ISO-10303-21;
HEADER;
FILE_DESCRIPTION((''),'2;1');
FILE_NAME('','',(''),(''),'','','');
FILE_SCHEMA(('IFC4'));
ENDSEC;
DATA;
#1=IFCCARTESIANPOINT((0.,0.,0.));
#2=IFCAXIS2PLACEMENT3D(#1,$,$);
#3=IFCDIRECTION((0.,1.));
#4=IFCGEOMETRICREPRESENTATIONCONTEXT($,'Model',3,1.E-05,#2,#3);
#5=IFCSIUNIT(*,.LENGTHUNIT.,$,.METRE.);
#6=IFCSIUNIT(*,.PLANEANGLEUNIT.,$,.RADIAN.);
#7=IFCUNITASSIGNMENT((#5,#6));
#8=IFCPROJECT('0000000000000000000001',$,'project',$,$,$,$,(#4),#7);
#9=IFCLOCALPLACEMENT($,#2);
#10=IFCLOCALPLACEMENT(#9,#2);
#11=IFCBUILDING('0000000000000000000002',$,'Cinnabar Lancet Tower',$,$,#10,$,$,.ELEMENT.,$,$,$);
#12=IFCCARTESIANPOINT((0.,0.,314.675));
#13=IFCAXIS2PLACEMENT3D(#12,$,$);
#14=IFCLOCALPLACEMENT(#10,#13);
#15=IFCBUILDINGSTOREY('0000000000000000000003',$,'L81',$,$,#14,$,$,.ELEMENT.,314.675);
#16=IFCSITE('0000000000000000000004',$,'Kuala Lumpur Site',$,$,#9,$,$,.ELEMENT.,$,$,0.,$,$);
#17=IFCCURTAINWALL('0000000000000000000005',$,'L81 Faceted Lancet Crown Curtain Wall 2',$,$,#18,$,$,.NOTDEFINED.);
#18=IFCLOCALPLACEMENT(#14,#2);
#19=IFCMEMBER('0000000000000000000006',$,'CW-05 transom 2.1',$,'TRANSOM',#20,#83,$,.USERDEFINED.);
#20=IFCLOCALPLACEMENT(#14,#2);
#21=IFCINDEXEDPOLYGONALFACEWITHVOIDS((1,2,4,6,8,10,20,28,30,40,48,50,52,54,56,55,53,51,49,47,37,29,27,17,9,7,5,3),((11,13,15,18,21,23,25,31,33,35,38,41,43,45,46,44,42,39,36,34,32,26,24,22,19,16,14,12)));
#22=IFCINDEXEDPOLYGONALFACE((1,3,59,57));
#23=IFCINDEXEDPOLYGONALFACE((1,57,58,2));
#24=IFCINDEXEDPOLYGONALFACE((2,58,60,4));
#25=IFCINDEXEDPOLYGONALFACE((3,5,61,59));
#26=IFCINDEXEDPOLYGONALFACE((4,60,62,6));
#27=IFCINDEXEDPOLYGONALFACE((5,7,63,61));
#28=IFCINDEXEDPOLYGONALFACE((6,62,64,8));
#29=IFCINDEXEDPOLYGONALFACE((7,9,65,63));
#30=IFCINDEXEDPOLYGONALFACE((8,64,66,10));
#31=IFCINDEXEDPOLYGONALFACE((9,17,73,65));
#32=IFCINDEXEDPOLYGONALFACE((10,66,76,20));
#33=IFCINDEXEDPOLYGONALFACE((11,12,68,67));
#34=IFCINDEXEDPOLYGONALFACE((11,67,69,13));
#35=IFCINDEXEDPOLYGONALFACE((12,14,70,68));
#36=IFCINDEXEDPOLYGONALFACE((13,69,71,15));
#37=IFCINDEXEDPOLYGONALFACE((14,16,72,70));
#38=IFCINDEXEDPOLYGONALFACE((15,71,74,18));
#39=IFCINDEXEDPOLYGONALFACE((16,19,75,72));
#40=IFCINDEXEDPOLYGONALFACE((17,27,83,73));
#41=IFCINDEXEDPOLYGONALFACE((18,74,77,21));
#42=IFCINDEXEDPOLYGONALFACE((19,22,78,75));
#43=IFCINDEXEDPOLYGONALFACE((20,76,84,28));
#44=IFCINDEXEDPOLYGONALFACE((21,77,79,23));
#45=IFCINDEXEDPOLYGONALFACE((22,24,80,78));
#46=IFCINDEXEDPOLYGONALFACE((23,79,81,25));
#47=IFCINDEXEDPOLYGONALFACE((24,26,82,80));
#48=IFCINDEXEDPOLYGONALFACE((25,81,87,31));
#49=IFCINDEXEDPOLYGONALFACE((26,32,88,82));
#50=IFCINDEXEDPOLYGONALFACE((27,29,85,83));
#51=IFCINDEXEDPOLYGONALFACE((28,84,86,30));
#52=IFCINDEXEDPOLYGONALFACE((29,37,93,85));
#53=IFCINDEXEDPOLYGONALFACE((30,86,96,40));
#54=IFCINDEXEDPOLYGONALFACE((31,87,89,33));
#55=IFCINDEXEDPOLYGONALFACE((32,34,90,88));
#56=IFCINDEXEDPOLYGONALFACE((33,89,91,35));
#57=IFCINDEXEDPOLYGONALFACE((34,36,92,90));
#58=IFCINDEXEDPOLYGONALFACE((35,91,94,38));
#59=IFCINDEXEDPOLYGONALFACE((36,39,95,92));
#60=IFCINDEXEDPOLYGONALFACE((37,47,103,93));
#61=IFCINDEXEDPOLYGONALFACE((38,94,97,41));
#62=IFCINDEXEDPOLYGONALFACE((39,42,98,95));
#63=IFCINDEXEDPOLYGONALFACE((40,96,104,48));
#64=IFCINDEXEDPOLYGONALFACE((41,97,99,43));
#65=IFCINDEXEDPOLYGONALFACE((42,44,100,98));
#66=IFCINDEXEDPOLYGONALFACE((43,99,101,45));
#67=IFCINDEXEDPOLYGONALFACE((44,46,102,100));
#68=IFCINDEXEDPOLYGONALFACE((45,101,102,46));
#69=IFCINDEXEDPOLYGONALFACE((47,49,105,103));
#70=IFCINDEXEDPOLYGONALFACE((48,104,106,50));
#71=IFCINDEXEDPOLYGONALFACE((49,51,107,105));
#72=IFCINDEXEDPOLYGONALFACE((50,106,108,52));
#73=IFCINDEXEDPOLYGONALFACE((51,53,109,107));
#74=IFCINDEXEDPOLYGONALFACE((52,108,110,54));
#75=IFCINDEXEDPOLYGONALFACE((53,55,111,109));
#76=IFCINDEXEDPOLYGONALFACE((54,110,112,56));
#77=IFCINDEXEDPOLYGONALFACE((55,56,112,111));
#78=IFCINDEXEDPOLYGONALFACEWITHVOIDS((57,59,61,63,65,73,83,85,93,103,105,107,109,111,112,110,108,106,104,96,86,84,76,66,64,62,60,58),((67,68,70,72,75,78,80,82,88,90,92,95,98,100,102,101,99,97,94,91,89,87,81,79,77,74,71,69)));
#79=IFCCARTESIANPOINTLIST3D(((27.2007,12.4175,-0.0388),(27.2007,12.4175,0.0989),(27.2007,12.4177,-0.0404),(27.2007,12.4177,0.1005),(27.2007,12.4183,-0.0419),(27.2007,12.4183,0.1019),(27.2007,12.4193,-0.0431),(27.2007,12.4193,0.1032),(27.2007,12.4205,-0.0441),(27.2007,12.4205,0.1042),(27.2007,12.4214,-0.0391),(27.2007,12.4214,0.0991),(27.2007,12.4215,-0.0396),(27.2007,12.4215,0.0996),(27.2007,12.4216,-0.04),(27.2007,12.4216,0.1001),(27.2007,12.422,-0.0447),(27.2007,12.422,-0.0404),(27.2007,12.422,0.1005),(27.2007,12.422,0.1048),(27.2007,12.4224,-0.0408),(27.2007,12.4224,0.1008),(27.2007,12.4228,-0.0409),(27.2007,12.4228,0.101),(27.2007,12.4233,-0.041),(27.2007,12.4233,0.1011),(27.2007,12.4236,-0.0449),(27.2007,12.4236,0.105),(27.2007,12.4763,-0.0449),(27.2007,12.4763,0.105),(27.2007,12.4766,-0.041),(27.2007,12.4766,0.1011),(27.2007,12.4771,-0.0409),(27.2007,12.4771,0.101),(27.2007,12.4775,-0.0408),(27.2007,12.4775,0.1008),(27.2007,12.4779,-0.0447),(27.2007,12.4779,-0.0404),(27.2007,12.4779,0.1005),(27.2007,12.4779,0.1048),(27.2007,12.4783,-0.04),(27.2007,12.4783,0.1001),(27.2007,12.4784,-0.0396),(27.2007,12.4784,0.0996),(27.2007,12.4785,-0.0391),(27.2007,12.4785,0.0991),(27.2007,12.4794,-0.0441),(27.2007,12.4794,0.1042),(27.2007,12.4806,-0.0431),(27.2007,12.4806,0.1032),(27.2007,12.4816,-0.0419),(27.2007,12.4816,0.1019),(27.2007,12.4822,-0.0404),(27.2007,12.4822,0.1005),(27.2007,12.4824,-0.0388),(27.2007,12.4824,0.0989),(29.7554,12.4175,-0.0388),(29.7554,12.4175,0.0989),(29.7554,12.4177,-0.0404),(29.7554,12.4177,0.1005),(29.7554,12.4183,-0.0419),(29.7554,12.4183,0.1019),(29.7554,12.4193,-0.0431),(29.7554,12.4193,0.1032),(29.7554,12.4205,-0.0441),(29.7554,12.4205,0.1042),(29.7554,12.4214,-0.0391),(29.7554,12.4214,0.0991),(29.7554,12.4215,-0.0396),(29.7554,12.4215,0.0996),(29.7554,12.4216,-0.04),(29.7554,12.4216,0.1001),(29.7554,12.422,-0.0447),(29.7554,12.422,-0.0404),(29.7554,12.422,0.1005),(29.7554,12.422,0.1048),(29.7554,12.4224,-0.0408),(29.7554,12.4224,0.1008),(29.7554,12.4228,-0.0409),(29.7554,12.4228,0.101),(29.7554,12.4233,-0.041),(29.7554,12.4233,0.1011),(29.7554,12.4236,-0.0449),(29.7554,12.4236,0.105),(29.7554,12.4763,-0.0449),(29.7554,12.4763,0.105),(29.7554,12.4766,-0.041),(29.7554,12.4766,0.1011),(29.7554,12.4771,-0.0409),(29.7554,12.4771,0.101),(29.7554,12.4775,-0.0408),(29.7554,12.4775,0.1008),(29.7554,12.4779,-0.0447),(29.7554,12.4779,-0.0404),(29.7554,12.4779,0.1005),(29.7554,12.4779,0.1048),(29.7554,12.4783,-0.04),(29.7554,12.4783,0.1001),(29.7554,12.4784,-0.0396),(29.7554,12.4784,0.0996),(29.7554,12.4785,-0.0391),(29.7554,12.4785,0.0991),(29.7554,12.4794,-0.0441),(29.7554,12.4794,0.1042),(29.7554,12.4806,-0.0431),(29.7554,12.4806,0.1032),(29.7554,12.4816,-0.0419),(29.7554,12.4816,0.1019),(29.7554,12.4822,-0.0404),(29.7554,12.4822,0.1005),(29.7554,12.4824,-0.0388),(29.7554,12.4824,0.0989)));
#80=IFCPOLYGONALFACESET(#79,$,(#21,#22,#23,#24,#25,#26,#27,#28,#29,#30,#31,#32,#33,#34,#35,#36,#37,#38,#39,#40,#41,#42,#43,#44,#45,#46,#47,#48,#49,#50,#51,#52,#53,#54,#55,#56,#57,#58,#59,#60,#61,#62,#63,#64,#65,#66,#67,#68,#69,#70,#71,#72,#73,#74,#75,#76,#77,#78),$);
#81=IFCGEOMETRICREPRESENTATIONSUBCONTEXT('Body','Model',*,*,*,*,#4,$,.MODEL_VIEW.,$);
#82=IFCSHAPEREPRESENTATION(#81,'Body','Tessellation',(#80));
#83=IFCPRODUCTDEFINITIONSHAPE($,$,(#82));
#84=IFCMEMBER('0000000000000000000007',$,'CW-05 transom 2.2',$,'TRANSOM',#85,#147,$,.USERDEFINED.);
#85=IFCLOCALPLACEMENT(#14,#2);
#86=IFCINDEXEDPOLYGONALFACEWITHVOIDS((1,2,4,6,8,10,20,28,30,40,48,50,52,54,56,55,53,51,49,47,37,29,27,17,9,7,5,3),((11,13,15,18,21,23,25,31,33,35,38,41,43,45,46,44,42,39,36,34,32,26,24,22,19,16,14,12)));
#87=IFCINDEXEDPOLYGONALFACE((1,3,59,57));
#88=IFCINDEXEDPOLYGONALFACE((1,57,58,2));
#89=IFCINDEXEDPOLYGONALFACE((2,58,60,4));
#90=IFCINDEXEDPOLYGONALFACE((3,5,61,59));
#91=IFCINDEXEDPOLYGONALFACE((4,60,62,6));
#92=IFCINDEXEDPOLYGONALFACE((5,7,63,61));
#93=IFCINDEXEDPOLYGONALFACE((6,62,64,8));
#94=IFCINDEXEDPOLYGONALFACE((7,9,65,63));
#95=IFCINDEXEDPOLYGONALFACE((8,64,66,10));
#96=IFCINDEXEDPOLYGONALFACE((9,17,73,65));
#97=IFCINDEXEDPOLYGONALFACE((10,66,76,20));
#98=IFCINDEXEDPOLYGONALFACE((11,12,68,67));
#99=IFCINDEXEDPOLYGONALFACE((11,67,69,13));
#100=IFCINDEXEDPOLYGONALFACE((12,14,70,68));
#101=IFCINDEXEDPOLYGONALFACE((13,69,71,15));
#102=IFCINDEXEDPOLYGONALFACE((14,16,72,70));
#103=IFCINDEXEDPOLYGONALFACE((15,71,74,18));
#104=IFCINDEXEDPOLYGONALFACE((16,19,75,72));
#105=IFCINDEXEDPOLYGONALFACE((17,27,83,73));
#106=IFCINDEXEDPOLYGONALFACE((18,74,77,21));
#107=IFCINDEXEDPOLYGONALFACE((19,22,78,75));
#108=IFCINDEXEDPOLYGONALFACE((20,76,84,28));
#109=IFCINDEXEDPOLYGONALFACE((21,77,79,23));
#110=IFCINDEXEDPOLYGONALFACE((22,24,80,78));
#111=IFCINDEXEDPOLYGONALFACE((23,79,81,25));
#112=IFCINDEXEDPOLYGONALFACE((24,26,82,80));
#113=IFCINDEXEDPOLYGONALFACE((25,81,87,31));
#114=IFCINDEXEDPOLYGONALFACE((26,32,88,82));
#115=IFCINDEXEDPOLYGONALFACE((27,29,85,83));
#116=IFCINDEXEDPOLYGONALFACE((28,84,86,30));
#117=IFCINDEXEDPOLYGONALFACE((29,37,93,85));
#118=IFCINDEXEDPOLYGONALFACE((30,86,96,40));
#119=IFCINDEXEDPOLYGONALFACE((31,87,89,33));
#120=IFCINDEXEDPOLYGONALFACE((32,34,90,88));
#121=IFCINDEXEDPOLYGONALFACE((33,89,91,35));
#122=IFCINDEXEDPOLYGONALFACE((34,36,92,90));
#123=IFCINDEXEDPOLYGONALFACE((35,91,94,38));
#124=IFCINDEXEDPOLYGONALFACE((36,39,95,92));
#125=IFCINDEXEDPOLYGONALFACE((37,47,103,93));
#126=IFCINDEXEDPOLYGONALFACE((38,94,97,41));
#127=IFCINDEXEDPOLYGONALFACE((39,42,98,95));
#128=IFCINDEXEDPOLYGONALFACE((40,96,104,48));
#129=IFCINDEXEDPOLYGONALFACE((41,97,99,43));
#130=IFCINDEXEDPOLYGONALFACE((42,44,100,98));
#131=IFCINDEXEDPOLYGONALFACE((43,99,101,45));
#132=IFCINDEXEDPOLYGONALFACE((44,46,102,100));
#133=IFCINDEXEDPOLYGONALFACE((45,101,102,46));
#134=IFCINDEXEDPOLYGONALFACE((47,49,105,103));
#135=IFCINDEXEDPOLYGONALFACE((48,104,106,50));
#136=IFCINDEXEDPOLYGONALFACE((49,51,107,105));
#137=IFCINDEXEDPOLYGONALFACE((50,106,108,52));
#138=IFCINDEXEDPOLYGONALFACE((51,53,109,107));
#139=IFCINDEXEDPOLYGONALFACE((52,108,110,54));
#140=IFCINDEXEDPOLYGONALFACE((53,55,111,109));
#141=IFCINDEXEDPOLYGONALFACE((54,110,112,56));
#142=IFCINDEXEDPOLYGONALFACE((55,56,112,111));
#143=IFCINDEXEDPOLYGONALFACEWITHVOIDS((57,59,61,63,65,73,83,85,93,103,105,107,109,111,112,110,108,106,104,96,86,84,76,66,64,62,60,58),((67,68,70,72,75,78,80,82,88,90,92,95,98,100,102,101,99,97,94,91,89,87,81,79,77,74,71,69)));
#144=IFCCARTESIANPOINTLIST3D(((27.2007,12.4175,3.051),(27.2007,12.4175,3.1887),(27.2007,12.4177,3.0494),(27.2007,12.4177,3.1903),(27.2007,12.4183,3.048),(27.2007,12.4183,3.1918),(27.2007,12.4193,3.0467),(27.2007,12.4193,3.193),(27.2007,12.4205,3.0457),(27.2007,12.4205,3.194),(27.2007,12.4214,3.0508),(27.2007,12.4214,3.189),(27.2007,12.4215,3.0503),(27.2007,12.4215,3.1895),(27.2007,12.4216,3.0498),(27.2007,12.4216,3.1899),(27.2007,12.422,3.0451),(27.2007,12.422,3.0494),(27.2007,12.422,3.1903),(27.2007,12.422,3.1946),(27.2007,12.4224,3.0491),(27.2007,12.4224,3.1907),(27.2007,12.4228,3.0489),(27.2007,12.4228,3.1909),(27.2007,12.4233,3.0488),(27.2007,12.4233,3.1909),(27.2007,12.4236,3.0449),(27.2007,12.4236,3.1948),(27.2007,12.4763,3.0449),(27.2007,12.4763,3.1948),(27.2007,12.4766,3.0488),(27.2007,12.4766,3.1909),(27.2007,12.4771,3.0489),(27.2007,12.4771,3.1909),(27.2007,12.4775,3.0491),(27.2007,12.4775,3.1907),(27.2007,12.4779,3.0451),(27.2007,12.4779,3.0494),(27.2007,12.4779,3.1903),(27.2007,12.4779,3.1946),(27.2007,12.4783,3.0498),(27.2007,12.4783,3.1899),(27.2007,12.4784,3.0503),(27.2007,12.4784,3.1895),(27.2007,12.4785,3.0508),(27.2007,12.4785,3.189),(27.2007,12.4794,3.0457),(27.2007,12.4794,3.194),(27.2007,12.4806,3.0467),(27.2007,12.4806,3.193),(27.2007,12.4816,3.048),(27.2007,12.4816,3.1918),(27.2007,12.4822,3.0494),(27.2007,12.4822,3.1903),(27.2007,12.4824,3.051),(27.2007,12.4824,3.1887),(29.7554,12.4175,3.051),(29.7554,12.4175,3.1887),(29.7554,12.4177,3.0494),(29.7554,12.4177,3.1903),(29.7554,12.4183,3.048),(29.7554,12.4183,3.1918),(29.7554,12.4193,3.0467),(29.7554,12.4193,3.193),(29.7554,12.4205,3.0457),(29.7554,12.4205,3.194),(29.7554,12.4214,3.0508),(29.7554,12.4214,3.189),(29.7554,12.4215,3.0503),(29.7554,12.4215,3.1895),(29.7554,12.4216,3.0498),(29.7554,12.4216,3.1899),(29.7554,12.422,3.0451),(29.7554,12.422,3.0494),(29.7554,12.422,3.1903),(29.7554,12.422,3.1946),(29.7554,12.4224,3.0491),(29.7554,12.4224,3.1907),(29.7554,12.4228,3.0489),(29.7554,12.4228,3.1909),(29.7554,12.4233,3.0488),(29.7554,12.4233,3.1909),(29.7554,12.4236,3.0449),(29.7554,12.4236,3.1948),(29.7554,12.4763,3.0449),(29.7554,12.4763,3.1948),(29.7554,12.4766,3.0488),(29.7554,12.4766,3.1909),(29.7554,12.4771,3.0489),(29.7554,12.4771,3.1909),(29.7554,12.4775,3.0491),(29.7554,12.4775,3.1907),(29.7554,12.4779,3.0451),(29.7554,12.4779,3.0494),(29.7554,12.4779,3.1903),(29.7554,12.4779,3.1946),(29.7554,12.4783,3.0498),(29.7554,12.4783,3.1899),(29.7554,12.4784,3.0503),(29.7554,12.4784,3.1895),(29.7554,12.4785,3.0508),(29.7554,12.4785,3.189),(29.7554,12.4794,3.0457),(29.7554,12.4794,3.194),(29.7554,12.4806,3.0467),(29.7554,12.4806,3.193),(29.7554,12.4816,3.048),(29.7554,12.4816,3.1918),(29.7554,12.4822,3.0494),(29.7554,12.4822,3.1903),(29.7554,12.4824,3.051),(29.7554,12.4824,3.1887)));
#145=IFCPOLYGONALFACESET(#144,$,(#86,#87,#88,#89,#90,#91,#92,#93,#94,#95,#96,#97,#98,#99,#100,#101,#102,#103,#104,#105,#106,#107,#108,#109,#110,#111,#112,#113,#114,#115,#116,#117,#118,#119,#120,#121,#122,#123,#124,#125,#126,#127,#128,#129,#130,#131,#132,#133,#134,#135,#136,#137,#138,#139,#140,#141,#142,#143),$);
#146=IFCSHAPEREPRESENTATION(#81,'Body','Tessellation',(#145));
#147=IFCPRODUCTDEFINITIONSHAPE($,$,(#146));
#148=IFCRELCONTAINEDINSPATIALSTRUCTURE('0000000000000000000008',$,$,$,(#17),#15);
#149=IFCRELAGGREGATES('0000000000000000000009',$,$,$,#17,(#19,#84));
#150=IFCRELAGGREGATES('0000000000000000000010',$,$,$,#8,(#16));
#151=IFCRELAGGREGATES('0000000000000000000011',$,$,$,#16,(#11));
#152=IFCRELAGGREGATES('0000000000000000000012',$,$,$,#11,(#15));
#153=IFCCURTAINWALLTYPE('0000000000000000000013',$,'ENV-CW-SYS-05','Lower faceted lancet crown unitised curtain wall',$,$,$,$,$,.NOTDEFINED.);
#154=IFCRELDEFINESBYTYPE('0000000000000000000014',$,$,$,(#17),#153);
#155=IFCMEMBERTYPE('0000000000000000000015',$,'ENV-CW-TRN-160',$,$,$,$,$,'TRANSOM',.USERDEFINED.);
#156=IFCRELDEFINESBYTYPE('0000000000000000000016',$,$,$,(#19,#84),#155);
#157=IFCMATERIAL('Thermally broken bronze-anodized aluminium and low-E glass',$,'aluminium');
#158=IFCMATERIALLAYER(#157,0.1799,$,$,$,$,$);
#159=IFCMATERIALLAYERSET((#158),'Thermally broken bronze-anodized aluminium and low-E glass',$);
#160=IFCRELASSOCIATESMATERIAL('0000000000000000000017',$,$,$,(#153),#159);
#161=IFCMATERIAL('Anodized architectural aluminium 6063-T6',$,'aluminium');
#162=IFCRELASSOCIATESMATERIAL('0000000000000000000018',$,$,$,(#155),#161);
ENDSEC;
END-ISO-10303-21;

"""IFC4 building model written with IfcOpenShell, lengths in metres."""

from ifc_helpers import new_model, si_unit, direction, frame, origin, origin_2d, place, context, subcontext, project, spatial, hollow_rectangle, extrude, material, layer, layer_set, material_profile, profile_set, type_object, element, aggregate, save


model = new_model("IFC4")

# Units and contexts
model_context = context("Model", 3, precision=1e-05, world=origin(), true_north=direction((0.0, 1.0)))
body_context = subcontext(model_context, "Body", "Model", "MODEL_VIEW")
ifc_project = project(units=[si_unit("LENGTHUNIT", "METRE"), si_unit("PLANEANGLEUNIT", "RADIAN")], contexts=[model_context])

# Site, building, storey
site_placement = place(None, origin())
site = spatial("IfcSite", under=ifc_project, at=site_placement, Name="Kuala Lumpur Site", CompositionType="ELEMENT", RefElevation=0.0)
building_placement = place(site_placement, origin())
building = spatial("IfcBuilding", under=site, at=building_placement, Name="Cinnabar Lancet Tower", CompositionType="ELEMENT")
storey_placement = place(building_placement, frame((0.0, 0.0, 314.675)))
storey = spatial("IfcBuildingStorey", under=building, at=storey_placement, Name="L81", CompositionType="ELEMENT", Elevation=314.675)

# Shared definitions
ifc_material_1 = material(Name="Thermally broken bronze-anodized aluminium and low-E glass", Category="aluminium")
ifc_layer_1 = layer(ifc_material_1, 0.1799)
ifc_layer_set_1 = layer_set([ifc_layer_1], Name="Thermally broken bronze-anodized aluminium and low-E glass")
curtain_wall_type = type_object("IfcCurtainWallType", Name="ENV-CW-SYS-05", Description="Lower faceted lancet crown unitised curtain wall", PredefinedType="NOTDEFINED", material=ifc_layer_set_1)

# Curtain wall, members
curtain_wall_1_placement = place(storey_placement, origin())
curtain_wall_1 = element("IfcCurtainWall", 1, at=curtain_wall_1_placement, inside=storey, type_object=curtain_wall_type, Name="L81 Faceted Lancet Crown Curtain Wall 2", PredefinedType="NOTDEFINED")
ifc_material_2 = material(Name="Anodized architectural aluminium 6063-T6", Category="aluminium")
ifc_material_profile_1 = material_profile(ifc_material_2, hollow_rectangle(XDim=0.0649, YDim=0.1499, WallThickness=0.0039, InnerFilletRadius=0.002, OuterFilletRadius=0.0061, at=origin_2d()), Name="CW-TRN 150x65x4")
ifc_profile_set_1 = profile_set([ifc_material_profile_1], Name="Anodized architectural aluminium 6063-T6")
member_type_1 = type_object("IfcMemberType", Name="ENV-CW-TRN-160", ElementType="TRANSOM", PredefinedType="USERDEFINED", material=ifc_profile_set_1)
member_1_placement = place(storey_placement, frame((27.2007, 12.45, 0.03), z_axis=(1.0, 0.0, 0.0), x_axis=(0.0, 1.0, 0.0)))
member_1 = element("IfcMember", 2, at=member_1_placement, type_object=member_type_1, Name="CW-05 transom 2.1", ObjectType="TRANSOM", PredefinedType="USERDEFINED", context=body_context, shape_type="SweptSolid", body=[
    extrude(hollow_rectangle(XDim=0.0649, YDim=0.1499, WallThickness=0.0039, InnerFilletRadius=0.002, OuterFilletRadius=0.0061, at=origin_2d()), origin(), (0.0, 0.0, 1.0), 2.5547),
])
member_2_placement = place(storey_placement, frame((27.2007, 12.45, 3.1199), z_axis=(1.0, 0.0, 0.0), x_axis=(0.0, 1.0, 0.0)))
member_2 = element("IfcMember", 3, at=member_2_placement, type_object=member_type_1, Name="CW-05 transom 2.2", ObjectType="TRANSOM", PredefinedType="USERDEFINED", context=body_context, shape_type="SweptSolid", body=[
    extrude(hollow_rectangle(XDim=0.0649, YDim=0.1499, WallThickness=0.0039, InnerFilletRadius=0.002, OuterFilletRadius=0.0061, at=origin_2d()), origin(), (0.0, 0.0, 1.0), 2.5547),
])

aggregate(curtain_wall_1, [member_1, member_2])

save(model, "model.ifc")
